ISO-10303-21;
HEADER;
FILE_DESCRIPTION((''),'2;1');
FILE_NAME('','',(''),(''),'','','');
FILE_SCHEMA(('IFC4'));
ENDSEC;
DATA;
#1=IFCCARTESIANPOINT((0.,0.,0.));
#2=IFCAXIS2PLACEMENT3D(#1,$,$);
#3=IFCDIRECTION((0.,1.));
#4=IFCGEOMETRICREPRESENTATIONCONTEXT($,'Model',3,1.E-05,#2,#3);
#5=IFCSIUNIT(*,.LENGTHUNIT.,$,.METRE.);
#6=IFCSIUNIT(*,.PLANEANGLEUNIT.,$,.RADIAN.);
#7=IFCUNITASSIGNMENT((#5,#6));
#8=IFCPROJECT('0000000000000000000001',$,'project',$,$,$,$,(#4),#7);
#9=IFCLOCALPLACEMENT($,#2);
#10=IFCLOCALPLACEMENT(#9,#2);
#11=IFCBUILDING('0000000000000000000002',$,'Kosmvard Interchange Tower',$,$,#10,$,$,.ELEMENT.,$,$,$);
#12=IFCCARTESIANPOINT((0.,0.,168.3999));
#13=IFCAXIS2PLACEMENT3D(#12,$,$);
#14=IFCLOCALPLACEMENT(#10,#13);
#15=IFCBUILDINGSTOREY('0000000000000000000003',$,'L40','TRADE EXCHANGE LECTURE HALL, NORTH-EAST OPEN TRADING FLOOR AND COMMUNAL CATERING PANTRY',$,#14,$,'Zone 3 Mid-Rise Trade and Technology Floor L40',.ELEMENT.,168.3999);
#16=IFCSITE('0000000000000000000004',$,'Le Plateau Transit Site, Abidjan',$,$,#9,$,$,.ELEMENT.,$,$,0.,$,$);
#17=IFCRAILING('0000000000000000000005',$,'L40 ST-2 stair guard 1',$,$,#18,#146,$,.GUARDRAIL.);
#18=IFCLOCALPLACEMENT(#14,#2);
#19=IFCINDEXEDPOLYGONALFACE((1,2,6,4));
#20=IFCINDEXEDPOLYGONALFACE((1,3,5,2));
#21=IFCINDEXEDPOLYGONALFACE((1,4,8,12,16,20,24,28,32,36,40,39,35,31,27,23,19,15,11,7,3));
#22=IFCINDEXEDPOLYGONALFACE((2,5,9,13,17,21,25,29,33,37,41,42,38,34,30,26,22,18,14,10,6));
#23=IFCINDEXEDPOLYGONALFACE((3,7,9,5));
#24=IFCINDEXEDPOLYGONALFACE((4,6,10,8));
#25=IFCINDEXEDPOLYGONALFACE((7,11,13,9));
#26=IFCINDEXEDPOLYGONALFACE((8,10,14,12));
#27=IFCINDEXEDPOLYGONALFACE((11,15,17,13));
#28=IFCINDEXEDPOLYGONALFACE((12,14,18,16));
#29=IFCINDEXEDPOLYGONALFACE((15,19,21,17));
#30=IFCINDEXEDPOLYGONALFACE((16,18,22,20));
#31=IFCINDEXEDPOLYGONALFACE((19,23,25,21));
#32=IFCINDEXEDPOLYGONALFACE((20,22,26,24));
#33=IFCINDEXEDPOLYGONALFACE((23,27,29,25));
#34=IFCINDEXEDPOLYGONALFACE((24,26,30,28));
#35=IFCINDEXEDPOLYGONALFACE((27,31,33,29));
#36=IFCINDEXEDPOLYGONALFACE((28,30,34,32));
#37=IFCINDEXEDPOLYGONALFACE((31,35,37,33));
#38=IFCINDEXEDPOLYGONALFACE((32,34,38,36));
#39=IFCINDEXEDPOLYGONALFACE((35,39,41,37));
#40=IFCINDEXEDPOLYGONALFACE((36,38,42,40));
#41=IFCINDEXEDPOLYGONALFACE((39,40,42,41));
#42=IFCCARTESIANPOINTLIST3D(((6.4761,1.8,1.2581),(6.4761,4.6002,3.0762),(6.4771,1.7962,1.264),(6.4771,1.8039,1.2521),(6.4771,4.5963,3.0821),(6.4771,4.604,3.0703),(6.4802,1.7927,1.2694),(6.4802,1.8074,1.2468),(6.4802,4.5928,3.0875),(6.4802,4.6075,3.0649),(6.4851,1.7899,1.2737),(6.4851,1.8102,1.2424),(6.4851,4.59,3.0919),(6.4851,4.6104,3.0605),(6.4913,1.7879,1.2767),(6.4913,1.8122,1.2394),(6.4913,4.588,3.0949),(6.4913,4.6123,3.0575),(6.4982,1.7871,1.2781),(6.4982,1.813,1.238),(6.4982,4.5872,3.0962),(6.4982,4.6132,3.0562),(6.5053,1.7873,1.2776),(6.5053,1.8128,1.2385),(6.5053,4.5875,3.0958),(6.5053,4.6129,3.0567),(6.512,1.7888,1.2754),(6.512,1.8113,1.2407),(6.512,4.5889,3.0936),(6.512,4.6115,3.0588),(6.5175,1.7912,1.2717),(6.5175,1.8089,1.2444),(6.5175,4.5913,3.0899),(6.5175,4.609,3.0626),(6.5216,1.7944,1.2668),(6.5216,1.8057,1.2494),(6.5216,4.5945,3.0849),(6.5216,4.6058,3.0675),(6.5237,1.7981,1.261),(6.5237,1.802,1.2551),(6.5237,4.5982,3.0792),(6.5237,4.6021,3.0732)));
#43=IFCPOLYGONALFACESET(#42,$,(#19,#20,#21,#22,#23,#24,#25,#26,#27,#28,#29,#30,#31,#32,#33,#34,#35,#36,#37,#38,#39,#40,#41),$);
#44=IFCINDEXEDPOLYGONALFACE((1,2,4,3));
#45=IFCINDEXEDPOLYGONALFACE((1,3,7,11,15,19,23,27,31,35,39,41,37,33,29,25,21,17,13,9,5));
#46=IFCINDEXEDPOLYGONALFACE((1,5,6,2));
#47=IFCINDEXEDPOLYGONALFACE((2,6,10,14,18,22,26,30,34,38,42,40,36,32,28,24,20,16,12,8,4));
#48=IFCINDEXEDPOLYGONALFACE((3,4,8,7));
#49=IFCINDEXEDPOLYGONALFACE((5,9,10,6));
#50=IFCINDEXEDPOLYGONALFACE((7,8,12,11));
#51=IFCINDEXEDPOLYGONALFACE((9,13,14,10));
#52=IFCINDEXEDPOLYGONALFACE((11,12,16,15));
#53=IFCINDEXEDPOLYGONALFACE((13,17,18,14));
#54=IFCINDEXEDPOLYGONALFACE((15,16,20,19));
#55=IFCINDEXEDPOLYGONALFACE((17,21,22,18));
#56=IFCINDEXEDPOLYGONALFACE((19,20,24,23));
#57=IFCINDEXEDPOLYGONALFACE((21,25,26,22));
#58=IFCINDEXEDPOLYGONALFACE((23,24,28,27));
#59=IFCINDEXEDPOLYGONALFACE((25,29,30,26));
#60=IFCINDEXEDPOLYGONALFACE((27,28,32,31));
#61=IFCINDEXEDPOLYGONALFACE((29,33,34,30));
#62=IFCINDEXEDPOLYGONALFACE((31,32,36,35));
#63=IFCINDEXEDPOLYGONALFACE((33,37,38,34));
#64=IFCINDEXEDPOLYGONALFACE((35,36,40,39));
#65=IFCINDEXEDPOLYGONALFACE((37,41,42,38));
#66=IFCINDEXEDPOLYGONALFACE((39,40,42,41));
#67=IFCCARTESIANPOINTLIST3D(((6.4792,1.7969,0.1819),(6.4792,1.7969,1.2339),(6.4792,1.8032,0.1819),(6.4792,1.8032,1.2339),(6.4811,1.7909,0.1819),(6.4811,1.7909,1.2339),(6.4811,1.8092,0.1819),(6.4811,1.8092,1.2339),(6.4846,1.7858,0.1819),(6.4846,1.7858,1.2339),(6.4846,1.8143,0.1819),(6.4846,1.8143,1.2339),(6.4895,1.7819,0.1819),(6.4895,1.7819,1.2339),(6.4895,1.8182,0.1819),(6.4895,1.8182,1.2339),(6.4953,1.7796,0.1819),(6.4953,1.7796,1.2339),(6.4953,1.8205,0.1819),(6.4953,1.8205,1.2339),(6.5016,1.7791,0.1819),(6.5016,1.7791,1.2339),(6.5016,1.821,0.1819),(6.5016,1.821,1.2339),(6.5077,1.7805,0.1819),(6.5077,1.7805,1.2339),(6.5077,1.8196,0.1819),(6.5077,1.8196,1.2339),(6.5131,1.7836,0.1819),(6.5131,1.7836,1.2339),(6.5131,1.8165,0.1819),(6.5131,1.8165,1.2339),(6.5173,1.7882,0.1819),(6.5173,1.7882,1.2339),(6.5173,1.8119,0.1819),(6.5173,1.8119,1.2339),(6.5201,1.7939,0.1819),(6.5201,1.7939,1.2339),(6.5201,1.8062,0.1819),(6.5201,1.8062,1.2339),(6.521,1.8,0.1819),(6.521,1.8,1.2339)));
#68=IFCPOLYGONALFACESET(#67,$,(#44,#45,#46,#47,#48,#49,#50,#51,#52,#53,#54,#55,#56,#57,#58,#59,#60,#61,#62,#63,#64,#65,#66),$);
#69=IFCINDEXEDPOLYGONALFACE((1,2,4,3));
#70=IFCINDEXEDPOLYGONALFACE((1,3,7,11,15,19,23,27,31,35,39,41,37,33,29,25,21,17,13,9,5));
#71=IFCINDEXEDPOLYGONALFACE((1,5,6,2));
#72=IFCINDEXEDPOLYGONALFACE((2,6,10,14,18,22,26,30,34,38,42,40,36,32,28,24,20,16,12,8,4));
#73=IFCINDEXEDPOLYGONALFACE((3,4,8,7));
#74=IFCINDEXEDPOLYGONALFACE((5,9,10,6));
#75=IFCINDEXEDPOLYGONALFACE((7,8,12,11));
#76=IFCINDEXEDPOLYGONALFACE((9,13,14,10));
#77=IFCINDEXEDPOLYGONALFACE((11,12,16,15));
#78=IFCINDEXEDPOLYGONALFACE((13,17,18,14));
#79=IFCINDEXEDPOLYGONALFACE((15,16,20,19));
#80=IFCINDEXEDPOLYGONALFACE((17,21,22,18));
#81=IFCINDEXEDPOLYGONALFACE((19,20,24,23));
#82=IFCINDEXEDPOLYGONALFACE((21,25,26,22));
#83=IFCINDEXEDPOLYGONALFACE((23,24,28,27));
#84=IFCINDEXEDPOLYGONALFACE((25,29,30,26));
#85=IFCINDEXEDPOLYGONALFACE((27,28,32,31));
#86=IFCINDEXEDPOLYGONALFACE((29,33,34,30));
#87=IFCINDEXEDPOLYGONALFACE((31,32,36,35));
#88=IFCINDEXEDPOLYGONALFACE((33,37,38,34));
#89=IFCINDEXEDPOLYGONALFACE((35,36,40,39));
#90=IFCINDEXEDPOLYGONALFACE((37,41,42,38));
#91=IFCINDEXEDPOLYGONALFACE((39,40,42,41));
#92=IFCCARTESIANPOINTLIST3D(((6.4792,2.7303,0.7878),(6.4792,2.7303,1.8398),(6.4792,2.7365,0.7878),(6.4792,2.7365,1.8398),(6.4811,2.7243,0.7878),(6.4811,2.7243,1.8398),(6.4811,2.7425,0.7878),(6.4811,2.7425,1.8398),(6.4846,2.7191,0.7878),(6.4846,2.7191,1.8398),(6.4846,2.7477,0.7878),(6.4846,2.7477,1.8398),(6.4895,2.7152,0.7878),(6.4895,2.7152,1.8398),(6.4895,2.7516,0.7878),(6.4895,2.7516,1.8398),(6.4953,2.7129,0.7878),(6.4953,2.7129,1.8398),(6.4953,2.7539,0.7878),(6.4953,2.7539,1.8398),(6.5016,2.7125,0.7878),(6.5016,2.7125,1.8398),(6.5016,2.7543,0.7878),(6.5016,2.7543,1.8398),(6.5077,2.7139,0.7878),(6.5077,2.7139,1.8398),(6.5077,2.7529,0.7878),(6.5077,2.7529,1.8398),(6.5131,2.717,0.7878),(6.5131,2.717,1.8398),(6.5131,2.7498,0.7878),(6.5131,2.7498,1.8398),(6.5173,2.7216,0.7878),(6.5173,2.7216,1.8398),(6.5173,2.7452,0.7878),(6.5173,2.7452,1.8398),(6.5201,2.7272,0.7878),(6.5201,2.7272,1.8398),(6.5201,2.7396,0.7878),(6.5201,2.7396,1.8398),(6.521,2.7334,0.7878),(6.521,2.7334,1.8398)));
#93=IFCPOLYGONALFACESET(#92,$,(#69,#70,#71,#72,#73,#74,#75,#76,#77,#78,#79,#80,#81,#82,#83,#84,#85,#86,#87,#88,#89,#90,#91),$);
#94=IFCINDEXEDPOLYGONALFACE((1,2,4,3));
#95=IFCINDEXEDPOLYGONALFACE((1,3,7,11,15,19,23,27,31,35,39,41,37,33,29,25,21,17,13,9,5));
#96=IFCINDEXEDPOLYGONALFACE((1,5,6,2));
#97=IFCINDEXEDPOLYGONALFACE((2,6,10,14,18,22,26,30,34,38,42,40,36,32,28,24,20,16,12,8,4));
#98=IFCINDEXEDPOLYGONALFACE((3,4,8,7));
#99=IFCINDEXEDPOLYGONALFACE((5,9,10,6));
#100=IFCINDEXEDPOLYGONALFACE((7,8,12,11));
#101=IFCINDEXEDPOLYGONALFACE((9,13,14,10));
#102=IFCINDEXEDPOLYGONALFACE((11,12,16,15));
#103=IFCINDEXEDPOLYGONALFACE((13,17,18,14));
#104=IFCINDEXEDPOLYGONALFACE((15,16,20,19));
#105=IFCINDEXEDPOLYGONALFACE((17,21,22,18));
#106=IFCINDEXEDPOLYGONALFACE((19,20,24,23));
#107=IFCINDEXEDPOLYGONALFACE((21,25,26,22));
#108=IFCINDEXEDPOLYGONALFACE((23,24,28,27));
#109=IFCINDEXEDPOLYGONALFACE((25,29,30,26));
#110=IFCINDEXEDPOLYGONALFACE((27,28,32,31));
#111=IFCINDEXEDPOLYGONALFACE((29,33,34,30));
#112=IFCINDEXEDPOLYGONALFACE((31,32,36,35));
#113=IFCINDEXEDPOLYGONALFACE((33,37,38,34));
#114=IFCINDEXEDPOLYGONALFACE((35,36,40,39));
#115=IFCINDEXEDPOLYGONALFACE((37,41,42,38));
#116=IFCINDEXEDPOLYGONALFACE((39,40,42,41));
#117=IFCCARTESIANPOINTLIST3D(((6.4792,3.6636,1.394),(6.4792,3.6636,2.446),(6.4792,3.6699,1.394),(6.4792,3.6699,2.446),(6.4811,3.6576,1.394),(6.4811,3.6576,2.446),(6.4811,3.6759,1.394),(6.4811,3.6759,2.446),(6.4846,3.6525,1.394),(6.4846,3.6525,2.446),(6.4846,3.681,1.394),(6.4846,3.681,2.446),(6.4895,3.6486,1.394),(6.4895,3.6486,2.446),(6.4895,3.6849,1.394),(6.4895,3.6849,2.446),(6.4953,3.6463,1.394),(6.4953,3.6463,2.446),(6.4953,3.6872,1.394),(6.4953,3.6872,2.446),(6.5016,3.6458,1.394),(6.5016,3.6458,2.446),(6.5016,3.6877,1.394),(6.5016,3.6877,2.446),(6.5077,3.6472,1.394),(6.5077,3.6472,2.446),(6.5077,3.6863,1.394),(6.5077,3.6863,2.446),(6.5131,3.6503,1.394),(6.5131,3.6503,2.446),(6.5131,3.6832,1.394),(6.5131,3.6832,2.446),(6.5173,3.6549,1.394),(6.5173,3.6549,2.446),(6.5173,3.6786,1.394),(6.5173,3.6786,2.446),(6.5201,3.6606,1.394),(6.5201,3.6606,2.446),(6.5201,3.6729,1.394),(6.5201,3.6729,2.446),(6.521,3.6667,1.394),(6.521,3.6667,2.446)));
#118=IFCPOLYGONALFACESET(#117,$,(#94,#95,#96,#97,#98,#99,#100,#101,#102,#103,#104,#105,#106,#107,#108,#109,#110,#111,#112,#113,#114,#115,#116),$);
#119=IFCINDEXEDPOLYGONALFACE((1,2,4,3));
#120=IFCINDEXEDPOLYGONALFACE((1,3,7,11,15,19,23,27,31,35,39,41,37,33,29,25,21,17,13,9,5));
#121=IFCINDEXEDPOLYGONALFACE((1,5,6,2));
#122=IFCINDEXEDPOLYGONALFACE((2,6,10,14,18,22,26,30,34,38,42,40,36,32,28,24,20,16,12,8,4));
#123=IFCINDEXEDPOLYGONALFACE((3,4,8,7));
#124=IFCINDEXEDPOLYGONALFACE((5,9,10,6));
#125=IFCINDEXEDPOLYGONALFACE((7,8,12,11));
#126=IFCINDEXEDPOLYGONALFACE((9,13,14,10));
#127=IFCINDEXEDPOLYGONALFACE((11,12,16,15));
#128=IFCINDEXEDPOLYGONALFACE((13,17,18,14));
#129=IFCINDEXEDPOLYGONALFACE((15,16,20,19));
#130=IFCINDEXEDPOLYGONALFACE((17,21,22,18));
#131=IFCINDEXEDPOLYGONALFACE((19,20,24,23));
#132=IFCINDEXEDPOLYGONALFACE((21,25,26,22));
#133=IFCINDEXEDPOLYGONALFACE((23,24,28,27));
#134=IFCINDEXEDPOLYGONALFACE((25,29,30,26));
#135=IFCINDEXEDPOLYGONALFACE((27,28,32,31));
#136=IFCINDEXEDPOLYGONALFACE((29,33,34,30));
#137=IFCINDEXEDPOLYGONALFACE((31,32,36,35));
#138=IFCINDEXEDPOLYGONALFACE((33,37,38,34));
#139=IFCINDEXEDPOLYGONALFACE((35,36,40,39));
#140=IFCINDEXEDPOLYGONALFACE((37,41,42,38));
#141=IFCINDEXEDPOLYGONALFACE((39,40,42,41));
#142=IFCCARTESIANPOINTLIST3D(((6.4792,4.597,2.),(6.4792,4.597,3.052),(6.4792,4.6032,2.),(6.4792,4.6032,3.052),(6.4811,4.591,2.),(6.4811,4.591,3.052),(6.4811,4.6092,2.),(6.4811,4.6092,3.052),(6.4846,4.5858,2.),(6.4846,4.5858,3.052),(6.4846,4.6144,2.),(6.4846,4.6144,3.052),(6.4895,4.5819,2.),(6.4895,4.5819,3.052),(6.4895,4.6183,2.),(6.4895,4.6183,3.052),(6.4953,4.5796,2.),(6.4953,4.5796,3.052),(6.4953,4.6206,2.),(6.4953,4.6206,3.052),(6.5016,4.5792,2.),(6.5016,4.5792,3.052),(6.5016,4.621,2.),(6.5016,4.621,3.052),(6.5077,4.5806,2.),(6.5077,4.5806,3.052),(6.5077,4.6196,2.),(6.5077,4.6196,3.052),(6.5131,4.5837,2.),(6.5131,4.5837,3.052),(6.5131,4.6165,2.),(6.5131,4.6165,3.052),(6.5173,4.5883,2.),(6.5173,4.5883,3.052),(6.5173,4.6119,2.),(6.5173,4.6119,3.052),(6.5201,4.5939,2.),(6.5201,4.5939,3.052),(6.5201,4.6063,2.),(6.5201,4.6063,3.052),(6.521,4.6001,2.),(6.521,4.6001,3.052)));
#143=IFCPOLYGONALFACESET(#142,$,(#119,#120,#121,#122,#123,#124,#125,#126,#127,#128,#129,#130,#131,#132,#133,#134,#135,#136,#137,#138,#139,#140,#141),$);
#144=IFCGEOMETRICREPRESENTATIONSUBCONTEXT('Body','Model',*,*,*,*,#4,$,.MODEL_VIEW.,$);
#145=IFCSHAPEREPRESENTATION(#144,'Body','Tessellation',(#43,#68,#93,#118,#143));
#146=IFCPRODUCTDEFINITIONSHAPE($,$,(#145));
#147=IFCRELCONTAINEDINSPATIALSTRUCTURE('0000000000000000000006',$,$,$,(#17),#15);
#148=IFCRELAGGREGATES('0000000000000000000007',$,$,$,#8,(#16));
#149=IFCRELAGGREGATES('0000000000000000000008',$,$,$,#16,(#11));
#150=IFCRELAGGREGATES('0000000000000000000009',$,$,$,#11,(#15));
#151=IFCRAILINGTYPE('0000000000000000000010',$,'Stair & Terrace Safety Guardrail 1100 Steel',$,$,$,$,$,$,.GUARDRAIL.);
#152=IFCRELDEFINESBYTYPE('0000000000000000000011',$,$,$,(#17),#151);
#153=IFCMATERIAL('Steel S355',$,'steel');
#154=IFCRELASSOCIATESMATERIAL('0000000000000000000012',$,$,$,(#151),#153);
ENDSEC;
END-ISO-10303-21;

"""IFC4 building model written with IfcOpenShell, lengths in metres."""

from ifc_helpers import new_model, si_unit, direction, frame, origin, origin_2d, place, context, subcontext, project, spatial, circle, extrude, source, transform, mapped, material, type_object, element, save


model = new_model("IFC4")

# Units and contexts
model_context = context("Model", 3, precision=1e-05, world=origin(), true_north=direction((0.0, 1.0)))
body_context = subcontext(model_context, "Body", "Model", "MODEL_VIEW")
ifc_project = project(units=[si_unit("LENGTHUNIT", "METRE"), si_unit("PLANEANGLEUNIT", "RADIAN")], contexts=[model_context])

# Site, building, storey
site_placement = place(None, origin())
site = spatial("IfcSite", under=ifc_project, at=site_placement, Name="Le Plateau Transit Site, Abidjan", CompositionType="ELEMENT", RefElevation=0.0)
building_placement = place(site_placement, origin())
building = spatial("IfcBuilding", under=site, at=building_placement, Name="Kosmvard Interchange Tower", CompositionType="ELEMENT")
storey_placement = place(building_placement, frame((0.0, 0.0, 168.3999)))
storey = spatial("IfcBuildingStorey", under=building, at=storey_placement, Name="L40", Description="TRADE EXCHANGE LECTURE HALL, NORTH-EAST OPEN TRADING FLOOR AND COMMUNAL CATERING PANTRY", LongName="Zone 3 Mid-Rise Trade and Technology Floor L40", CompositionType="ELEMENT", Elevation=168.3999)

# Shared definitions
ifc_material_1 = material(Name="Steel S355", Category="steel")

# Railing
railing_type_1 = type_object("IfcRailingType", Name="Stair & Terrace Safety Guardrail 1100 Steel", PredefinedType="GUARDRAIL", material=ifc_material_1)
shared_shape_1 = source(origin(), body_context, "Body", "SweptSolid", [
    extrude(circle(Radius=0.0239, at=origin_2d()), frame((0.0, 0.0, 1.0762), z_axis=(0.0, 0.838706, 0.544585), x_axis=(-1.0, 0.0, 0.0)), (0.0, 0.0, 1.0), 3.3386),
    extrude(circle(Radius=0.021, at=origin_2d()), origin(), (0.0, 0.0, 1.0), 1.052),
    extrude(circle(Radius=0.021, at=origin_2d()), frame((0.0, 0.9333, 0.606)), (0.0, 0.0, 1.0), 1.052),
    extrude(circle(Radius=0.021, at=origin_2d()), frame((0.0, 1.8667, 1.2122)), (0.0, 0.0, 1.0), 1.052),
    extrude(circle(Radius=0.021, at=origin_2d()), frame((0.0, 2.8, 1.8181)), (0.0, 0.0, 1.0), 1.052),
])
railing_1_placement = place(storey_placement, frame((6.5, 1.8, 0.1819)))
element("IfcRailing", 1, at=railing_1_placement, inside=storey, type_object=railing_type_1, Name="L40 ST-2 stair guard 1", PredefinedType="GUARDRAIL", context=body_context, shape_type="MappedRepresentation", body=[
    mapped(shared_shape_1, transform((0.0, 0.0, 0.0), scale=1.0)),
])

save(model, "model.ifc")
